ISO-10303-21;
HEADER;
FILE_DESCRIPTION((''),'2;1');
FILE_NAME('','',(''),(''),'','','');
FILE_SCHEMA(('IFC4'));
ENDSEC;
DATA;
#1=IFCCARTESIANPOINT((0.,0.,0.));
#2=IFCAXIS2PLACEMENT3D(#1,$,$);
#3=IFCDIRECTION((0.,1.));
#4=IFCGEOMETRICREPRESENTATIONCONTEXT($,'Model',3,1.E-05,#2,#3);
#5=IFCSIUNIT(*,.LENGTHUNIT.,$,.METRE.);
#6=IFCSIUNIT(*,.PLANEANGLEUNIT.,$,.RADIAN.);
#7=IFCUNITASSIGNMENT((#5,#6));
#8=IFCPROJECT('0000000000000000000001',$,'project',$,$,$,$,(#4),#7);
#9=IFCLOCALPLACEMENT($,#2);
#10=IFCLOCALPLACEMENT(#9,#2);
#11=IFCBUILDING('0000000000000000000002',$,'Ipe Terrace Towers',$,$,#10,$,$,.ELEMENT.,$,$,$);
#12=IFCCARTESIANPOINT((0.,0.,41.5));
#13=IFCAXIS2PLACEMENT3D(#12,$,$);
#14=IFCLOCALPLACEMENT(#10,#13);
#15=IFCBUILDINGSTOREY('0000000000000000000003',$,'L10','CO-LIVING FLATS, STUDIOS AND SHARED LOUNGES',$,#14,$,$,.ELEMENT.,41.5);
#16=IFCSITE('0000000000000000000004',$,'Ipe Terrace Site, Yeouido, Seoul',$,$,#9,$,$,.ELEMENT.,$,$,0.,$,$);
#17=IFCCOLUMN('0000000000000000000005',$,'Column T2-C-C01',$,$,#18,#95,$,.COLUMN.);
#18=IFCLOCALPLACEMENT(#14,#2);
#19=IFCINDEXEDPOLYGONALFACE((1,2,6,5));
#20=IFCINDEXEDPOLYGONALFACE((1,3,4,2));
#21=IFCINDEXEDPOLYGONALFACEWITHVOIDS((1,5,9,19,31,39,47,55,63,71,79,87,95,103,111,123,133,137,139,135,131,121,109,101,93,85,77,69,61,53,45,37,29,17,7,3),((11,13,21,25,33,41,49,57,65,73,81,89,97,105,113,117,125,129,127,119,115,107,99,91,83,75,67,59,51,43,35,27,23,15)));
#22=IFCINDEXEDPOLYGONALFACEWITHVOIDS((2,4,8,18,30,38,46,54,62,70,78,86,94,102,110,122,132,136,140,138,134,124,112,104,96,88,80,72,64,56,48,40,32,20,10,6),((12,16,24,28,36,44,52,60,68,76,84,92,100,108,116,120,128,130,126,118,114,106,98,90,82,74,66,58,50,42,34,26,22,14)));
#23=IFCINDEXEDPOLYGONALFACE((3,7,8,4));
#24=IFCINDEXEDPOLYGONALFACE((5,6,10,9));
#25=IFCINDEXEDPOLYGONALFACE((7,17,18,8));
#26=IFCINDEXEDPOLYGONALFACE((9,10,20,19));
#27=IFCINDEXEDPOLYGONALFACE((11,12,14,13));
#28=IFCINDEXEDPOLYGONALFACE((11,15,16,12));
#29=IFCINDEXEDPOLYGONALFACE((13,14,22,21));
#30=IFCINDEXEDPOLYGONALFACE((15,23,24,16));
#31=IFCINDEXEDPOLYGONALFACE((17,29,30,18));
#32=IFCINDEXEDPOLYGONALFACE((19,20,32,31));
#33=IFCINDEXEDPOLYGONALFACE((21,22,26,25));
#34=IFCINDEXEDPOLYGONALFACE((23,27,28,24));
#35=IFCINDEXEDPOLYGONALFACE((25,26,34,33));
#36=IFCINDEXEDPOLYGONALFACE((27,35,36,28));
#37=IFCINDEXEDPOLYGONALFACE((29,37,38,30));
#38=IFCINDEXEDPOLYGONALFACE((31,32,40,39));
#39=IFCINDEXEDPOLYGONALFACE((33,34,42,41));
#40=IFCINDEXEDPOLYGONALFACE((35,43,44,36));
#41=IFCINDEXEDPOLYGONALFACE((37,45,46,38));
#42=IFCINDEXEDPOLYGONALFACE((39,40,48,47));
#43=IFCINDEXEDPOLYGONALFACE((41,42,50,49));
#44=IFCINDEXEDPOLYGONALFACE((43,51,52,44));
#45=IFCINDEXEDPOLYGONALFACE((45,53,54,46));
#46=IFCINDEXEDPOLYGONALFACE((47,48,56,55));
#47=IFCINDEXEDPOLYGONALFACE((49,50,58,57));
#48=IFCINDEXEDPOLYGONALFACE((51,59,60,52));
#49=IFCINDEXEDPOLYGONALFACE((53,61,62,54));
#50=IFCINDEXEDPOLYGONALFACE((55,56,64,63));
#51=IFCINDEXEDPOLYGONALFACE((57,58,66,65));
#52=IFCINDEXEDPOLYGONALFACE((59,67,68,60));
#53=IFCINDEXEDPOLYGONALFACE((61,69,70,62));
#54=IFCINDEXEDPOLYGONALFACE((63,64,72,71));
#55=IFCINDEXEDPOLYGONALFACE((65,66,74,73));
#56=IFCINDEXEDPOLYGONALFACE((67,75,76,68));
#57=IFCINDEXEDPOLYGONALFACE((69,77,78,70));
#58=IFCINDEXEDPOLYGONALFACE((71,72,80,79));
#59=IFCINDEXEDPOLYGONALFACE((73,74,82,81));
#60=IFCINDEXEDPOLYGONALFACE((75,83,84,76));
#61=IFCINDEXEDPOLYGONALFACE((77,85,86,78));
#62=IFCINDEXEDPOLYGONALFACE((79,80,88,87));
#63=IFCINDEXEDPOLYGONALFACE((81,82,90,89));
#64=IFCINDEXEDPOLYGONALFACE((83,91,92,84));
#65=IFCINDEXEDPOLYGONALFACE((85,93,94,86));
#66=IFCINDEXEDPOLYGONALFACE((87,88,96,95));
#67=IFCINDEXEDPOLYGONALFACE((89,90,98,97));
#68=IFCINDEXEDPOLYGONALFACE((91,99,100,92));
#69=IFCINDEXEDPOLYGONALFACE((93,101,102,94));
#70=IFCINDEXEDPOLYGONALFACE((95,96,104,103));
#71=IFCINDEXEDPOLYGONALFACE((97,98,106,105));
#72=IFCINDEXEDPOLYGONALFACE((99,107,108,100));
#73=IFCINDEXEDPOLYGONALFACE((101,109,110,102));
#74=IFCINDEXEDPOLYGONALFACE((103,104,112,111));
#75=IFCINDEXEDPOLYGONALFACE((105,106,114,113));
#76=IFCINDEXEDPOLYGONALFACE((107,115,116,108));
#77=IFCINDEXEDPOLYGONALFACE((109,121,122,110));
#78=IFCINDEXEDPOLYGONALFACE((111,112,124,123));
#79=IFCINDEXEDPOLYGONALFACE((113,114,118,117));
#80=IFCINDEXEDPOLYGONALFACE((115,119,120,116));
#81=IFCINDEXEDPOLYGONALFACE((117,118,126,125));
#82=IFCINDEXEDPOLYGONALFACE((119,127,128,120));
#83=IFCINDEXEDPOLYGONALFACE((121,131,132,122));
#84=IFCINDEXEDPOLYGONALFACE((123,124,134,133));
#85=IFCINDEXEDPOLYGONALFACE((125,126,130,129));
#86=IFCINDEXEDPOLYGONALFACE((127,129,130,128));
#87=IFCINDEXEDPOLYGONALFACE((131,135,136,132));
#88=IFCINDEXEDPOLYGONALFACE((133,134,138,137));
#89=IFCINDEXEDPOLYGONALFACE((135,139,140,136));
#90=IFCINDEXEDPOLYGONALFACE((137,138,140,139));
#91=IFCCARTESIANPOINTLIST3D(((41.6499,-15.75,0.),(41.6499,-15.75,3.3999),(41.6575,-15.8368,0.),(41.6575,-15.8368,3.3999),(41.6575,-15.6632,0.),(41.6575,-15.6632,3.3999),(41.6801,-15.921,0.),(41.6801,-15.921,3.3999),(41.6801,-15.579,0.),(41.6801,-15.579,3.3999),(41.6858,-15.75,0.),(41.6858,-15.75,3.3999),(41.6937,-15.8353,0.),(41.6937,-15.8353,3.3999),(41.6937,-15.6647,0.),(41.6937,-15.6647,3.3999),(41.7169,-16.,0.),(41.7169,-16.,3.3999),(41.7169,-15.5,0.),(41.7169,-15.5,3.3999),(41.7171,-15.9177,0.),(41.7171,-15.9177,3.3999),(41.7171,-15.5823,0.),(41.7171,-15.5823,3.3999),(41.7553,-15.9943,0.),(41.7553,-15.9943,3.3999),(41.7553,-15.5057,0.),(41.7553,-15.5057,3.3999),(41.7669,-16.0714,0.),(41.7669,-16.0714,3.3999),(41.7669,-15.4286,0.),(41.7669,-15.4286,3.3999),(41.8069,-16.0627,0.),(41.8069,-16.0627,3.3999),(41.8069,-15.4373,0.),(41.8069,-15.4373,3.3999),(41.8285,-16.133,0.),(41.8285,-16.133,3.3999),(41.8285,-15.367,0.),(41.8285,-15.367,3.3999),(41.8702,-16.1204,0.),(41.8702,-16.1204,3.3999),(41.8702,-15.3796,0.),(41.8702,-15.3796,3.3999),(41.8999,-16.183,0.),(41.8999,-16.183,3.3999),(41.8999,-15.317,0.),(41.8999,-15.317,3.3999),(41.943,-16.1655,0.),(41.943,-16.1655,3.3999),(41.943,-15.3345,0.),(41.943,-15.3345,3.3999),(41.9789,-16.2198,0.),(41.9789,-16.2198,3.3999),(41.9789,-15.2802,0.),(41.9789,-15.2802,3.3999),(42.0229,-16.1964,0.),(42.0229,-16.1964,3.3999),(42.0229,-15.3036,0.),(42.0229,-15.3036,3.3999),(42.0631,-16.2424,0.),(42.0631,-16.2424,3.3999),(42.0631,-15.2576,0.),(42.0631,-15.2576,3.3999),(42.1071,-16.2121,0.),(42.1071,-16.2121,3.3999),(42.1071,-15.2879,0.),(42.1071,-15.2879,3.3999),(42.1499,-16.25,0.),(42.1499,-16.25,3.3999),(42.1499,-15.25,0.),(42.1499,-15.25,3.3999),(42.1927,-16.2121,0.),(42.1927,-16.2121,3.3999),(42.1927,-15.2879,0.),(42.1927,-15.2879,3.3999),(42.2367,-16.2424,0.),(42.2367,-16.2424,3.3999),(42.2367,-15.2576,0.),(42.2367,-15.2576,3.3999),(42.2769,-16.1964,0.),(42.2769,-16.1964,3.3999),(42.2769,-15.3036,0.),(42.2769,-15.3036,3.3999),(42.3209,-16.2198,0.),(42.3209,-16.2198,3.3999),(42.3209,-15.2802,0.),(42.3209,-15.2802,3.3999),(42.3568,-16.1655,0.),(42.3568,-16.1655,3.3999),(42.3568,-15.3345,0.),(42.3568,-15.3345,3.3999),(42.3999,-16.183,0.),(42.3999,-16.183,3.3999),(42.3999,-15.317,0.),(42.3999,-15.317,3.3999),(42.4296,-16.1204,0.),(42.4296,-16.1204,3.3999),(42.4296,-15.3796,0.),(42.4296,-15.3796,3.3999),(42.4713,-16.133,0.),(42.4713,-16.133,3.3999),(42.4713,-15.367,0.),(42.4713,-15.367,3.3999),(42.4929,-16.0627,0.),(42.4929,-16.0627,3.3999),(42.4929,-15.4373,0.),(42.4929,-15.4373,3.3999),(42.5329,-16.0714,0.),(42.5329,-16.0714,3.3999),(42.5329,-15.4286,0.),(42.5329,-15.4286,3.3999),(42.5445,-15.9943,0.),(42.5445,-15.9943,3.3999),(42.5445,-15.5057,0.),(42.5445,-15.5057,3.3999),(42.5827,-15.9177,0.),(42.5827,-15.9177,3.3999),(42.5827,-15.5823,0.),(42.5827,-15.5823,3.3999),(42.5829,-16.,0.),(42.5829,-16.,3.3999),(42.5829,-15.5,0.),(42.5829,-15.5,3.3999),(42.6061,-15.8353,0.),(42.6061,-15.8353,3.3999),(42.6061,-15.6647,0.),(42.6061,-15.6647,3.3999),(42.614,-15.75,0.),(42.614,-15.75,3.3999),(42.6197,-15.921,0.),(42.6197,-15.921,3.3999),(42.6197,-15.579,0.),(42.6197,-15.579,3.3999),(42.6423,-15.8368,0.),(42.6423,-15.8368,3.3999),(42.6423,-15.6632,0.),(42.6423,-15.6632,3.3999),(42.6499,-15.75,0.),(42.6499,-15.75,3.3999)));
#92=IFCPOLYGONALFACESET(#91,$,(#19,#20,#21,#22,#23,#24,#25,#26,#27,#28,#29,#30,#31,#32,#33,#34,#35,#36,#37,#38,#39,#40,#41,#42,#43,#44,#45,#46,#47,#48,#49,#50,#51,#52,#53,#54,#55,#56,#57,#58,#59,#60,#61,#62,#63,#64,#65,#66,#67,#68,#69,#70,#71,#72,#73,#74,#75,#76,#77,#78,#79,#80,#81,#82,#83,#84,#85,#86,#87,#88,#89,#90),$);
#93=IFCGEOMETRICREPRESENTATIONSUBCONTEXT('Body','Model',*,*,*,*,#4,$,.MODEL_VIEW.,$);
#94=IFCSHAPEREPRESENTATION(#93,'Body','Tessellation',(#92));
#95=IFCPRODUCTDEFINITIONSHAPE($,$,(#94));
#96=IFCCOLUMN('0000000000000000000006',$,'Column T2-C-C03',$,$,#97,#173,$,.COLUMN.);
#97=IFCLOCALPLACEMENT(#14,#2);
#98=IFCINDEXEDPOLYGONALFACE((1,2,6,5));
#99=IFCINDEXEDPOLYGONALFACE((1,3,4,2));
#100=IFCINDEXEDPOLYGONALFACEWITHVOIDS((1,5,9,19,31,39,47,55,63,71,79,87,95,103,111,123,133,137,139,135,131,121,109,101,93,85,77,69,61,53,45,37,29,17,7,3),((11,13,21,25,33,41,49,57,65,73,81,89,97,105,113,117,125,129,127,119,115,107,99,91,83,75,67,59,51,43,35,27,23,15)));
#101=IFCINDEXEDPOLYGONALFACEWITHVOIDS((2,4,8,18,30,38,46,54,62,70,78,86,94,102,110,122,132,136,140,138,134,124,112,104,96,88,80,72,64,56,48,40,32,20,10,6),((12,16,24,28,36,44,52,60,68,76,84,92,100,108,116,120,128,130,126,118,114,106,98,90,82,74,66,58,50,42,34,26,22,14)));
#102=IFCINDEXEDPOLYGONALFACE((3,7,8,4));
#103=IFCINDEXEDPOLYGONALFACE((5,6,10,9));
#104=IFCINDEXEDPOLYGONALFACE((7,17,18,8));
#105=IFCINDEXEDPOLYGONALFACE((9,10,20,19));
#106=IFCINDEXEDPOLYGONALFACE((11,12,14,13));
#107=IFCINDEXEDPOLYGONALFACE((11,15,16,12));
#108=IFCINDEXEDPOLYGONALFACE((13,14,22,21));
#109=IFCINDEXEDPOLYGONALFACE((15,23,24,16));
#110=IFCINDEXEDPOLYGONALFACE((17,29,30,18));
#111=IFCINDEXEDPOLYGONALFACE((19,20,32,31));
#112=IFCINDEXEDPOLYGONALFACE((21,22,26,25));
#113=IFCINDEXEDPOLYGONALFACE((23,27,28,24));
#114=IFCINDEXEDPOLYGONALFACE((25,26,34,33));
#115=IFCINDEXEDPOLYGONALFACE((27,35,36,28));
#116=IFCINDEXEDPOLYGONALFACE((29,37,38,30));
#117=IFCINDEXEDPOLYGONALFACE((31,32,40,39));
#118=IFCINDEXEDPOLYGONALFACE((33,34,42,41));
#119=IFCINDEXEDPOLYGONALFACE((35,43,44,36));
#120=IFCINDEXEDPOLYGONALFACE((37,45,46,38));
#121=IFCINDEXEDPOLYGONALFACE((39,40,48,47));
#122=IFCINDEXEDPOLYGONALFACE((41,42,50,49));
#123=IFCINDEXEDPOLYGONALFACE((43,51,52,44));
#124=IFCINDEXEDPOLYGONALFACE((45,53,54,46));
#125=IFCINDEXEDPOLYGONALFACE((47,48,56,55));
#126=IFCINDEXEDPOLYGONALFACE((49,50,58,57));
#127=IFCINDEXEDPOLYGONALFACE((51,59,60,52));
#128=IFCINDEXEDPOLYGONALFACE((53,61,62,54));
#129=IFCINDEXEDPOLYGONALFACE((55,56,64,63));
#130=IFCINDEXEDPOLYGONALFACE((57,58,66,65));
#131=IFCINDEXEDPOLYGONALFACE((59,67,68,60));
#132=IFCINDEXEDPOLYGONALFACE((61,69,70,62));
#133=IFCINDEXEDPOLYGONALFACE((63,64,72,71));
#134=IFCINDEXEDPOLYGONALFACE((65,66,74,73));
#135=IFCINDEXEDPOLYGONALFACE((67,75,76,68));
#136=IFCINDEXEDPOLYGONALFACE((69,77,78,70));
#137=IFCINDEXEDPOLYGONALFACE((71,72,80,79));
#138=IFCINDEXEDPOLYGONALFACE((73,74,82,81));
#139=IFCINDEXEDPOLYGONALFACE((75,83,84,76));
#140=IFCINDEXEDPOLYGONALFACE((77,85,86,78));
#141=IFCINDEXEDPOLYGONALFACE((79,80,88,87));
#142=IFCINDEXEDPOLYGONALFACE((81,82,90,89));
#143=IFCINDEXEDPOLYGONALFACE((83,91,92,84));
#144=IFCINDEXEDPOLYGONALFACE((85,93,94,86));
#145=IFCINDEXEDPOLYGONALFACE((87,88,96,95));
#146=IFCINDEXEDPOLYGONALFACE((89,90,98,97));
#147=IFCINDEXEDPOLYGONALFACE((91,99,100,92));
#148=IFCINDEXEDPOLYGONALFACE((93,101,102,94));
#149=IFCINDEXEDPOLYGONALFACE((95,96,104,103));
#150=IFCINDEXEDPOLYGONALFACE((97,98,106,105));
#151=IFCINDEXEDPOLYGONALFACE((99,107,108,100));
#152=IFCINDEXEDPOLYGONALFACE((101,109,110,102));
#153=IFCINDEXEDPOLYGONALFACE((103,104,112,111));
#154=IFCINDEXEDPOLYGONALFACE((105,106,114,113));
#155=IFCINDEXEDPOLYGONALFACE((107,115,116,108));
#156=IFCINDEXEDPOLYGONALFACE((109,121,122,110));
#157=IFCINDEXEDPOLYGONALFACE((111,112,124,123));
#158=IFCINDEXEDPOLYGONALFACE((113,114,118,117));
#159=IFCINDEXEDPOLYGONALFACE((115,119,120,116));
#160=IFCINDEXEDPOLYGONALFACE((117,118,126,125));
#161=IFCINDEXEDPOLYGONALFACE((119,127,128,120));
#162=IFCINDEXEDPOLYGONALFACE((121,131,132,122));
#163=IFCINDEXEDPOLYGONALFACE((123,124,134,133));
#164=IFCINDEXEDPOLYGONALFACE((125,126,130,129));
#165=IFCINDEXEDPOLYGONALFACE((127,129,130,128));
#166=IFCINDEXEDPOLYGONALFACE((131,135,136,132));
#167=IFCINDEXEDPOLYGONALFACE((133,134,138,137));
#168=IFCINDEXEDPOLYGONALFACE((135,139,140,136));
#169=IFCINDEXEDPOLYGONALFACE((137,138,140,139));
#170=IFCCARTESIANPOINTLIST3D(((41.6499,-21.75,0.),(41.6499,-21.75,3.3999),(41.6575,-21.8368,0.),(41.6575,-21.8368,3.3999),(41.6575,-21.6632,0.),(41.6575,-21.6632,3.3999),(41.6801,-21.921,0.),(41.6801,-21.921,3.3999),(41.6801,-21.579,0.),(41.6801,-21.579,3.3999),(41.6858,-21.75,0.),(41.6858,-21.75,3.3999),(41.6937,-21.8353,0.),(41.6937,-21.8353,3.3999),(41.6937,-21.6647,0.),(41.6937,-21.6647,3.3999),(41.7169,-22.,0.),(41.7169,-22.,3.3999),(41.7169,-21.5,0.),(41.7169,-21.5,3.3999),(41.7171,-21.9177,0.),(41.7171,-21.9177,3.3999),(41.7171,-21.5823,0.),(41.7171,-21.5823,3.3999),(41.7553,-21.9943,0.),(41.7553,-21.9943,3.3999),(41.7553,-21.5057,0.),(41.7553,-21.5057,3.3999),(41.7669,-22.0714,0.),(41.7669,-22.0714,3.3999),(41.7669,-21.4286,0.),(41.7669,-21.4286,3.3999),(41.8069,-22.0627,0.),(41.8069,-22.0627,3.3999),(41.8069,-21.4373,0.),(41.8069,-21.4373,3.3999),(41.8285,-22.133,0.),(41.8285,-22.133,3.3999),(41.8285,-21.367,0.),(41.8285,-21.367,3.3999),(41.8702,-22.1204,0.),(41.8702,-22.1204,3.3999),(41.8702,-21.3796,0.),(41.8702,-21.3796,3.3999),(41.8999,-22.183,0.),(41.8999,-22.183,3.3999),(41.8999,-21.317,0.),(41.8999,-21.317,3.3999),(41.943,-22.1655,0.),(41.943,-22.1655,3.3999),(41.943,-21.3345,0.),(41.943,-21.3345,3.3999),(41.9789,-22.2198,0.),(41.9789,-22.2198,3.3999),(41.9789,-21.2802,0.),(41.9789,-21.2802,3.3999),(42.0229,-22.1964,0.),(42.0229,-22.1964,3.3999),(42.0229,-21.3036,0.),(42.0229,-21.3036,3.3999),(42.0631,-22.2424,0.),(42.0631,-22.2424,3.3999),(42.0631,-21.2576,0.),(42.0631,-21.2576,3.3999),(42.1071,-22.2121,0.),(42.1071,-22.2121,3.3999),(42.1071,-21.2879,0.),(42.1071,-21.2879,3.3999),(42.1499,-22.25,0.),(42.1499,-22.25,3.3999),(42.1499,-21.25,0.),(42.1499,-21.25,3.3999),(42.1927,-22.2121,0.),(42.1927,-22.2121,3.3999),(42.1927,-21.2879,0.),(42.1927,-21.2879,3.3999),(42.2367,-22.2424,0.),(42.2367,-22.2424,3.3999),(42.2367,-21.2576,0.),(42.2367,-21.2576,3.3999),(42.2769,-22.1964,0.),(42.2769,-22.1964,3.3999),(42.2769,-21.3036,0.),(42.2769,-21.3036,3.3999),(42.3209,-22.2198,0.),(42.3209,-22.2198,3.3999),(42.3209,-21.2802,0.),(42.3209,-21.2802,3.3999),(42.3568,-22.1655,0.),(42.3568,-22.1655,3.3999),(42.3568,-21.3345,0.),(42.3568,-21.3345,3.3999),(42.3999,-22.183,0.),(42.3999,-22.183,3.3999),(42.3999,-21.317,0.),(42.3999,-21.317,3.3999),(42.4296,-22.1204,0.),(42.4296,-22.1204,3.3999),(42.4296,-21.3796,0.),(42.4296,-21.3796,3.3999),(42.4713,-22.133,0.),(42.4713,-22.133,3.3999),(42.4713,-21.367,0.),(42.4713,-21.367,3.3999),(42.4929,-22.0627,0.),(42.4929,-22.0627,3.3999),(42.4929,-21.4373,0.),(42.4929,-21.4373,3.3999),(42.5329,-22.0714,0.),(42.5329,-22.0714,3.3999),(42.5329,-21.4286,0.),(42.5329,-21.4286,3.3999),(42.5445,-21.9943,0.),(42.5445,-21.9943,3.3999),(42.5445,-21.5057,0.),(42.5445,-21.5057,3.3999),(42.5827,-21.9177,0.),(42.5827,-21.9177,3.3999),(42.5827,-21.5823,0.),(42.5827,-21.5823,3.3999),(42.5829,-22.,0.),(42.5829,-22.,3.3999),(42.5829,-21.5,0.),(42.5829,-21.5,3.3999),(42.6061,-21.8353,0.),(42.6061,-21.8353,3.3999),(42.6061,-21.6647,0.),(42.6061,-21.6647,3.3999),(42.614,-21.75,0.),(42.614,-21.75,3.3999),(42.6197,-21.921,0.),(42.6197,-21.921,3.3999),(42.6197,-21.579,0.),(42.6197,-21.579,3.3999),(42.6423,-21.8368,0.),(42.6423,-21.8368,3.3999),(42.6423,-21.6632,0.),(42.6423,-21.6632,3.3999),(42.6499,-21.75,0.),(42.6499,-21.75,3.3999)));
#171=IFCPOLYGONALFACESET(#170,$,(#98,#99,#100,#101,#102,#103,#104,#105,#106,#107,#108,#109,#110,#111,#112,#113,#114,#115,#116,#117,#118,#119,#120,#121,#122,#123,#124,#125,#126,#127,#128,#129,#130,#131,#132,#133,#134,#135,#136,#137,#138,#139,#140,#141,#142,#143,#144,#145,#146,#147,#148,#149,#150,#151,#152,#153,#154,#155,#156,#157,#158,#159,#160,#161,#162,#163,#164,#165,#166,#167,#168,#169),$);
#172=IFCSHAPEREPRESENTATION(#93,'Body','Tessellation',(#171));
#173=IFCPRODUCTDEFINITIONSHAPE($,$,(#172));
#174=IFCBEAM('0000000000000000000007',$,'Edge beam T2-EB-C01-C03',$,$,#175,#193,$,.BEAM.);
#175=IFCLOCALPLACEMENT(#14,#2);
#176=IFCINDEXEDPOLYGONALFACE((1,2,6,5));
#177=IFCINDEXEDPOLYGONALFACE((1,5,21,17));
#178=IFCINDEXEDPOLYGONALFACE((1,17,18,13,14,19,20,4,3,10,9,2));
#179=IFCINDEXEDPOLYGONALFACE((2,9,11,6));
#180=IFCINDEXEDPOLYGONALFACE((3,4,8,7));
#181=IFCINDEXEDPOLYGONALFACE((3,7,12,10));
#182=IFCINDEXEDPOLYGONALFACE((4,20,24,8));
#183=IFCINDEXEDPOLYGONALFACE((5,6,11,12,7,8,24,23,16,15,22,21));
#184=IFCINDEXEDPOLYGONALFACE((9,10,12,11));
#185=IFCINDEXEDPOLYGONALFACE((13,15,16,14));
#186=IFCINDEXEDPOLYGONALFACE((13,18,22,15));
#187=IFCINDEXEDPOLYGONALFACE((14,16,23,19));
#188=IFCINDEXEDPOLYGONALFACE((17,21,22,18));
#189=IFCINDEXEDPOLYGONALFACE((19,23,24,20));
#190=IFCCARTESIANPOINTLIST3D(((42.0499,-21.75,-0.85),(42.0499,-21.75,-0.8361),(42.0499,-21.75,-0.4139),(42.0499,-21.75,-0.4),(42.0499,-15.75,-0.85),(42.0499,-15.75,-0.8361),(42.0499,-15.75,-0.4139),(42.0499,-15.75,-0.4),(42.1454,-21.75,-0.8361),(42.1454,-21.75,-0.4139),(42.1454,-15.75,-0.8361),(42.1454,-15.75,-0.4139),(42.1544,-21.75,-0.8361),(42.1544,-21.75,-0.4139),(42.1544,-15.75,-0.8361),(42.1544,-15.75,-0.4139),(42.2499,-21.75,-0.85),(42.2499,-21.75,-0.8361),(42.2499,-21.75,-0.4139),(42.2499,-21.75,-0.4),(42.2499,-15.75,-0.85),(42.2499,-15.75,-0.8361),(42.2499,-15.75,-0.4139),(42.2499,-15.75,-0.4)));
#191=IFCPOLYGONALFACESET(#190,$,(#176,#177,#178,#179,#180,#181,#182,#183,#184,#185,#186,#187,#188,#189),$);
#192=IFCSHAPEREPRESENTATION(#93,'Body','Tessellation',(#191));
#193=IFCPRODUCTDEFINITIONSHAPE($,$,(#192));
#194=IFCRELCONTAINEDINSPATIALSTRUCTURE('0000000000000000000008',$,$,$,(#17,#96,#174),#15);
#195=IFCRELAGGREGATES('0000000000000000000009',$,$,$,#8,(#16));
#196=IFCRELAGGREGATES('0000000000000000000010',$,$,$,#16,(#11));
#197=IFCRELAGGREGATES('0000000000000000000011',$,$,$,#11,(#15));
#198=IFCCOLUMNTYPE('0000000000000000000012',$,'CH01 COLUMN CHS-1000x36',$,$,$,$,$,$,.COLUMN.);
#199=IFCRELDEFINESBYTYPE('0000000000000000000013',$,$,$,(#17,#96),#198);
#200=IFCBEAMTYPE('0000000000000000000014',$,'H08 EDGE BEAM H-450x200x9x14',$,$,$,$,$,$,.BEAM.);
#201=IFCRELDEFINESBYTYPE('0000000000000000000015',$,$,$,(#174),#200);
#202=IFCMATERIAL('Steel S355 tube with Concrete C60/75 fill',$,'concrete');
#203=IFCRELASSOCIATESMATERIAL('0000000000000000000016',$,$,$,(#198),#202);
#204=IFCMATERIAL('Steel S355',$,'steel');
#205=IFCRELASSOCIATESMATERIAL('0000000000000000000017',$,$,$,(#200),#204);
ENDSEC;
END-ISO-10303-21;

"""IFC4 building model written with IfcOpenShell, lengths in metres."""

from ifc_helpers import new_model, si_unit, direction, frame, origin, origin_2d, place, context, subcontext, project, spatial, hollow_circle, i_section, extrude, material, material_profile, profile_set, type_object, element, save


model = new_model("IFC4")

# Units and contexts
model_context = context("Model", 3, precision=1e-05, world=origin(), true_north=direction((0.0, 1.0)))
body_context = subcontext(model_context, "Body", "Model", "MODEL_VIEW")
ifc_project = project(units=[si_unit("LENGTHUNIT", "METRE"), si_unit("PLANEANGLEUNIT", "RADIAN")], contexts=[model_context])

# Site, building, storey
site_placement = place(None, origin())
site = spatial("IfcSite", under=ifc_project, at=site_placement, Name="Ipe Terrace Site, Yeouido, Seoul", CompositionType="ELEMENT", RefElevation=0.0)
building_placement = place(site_placement, origin())
building = spatial("IfcBuilding", under=site, at=building_placement, Name="Ipe Terrace Towers", CompositionType="ELEMENT")
storey_placement = place(building_placement, frame((0.0, 0.0, 41.5)))
storey = spatial("IfcBuildingStorey", under=building, at=storey_placement, Name="L10", Description="CO-LIVING FLATS, STUDIOS AND SHARED LOUNGES", CompositionType="ELEMENT", Elevation=41.5)

# Columns
ifc_material_1 = material(Name="Steel S355 tube with Concrete C60/75 fill", Category="concrete")
ifc_material_profile_1 = material_profile(ifc_material_1, hollow_circle(Radius=0.5, WallThickness=0.0359, at=origin_2d()), Name="CHS-1000x36")
ifc_profile_set_1 = profile_set([ifc_material_profile_1], Name="Steel S355 tube with Concrete C60/75 fill")
column_type = type_object("IfcColumnType", Name="CH01 COLUMN CHS-1000x36", PredefinedType="COLUMN", material=ifc_profile_set_1)
for number, where, z_axis, x_axis, name in (
    (1, (42.1499, -15.75, 0.0), (0.0, 0.0, 1.0), (1.0, 0.0, 0.0), "Column T2-C-C01"),
    (2, (42.1499, -21.75, 0.0), (0.0, 0.0, 1.0), (1.0, 0.0, 0.0), "Column T2-C-C03"),
):
    element("IfcColumn", number, at=place(storey_placement, frame(where, z_axis=z_axis, x_axis=x_axis)), inside=storey, type_object=column_type, Name=name, PredefinedType="COLUMN", context=body_context, shape_type="SweptSolid", body=[
        extrude(hollow_circle(Radius=0.5, WallThickness=0.0359, at=origin_2d()), origin(), (0.0, 0.0, 1.0), 3.3999),
    ])

# Beam
ifc_material_2 = material(Name="Steel S355", Category="steel")
ifc_material_profile_2 = material_profile(ifc_material_2, i_section(OverallWidth=0.2, OverallDepth=0.45, WebThickness=0.009, FlangeThickness=0.0139, at=origin_2d()), Name="H-450x200x9x14")
ifc_profile_set_2 = profile_set([ifc_material_profile_2], Name="Steel S355")
beam_type = type_object("IfcBeamType", Name="H08 EDGE BEAM H-450x200x9x14", PredefinedType="BEAM", material=ifc_profile_set_2)
beam_placement = place(storey_placement, frame((42.1499, -15.75, -0.625), z_axis=(0.0, -1.0, 0.0), x_axis=(1.0, 0.0, 0.0)))
element("IfcBeam", 3, at=beam_placement, inside=storey, type_object=beam_type, Name="Edge beam T2-EB-C01-C03", PredefinedType="BEAM", context=body_context, shape_type="SweptSolid", body=[
    extrude(i_section(OverallWidth=0.2, OverallDepth=0.45, WebThickness=0.009, FlangeThickness=0.0139, at=origin_2d()), origin(), (0.0, 0.0, 1.0), 6.0),
])

save(model, "model.ifc")
